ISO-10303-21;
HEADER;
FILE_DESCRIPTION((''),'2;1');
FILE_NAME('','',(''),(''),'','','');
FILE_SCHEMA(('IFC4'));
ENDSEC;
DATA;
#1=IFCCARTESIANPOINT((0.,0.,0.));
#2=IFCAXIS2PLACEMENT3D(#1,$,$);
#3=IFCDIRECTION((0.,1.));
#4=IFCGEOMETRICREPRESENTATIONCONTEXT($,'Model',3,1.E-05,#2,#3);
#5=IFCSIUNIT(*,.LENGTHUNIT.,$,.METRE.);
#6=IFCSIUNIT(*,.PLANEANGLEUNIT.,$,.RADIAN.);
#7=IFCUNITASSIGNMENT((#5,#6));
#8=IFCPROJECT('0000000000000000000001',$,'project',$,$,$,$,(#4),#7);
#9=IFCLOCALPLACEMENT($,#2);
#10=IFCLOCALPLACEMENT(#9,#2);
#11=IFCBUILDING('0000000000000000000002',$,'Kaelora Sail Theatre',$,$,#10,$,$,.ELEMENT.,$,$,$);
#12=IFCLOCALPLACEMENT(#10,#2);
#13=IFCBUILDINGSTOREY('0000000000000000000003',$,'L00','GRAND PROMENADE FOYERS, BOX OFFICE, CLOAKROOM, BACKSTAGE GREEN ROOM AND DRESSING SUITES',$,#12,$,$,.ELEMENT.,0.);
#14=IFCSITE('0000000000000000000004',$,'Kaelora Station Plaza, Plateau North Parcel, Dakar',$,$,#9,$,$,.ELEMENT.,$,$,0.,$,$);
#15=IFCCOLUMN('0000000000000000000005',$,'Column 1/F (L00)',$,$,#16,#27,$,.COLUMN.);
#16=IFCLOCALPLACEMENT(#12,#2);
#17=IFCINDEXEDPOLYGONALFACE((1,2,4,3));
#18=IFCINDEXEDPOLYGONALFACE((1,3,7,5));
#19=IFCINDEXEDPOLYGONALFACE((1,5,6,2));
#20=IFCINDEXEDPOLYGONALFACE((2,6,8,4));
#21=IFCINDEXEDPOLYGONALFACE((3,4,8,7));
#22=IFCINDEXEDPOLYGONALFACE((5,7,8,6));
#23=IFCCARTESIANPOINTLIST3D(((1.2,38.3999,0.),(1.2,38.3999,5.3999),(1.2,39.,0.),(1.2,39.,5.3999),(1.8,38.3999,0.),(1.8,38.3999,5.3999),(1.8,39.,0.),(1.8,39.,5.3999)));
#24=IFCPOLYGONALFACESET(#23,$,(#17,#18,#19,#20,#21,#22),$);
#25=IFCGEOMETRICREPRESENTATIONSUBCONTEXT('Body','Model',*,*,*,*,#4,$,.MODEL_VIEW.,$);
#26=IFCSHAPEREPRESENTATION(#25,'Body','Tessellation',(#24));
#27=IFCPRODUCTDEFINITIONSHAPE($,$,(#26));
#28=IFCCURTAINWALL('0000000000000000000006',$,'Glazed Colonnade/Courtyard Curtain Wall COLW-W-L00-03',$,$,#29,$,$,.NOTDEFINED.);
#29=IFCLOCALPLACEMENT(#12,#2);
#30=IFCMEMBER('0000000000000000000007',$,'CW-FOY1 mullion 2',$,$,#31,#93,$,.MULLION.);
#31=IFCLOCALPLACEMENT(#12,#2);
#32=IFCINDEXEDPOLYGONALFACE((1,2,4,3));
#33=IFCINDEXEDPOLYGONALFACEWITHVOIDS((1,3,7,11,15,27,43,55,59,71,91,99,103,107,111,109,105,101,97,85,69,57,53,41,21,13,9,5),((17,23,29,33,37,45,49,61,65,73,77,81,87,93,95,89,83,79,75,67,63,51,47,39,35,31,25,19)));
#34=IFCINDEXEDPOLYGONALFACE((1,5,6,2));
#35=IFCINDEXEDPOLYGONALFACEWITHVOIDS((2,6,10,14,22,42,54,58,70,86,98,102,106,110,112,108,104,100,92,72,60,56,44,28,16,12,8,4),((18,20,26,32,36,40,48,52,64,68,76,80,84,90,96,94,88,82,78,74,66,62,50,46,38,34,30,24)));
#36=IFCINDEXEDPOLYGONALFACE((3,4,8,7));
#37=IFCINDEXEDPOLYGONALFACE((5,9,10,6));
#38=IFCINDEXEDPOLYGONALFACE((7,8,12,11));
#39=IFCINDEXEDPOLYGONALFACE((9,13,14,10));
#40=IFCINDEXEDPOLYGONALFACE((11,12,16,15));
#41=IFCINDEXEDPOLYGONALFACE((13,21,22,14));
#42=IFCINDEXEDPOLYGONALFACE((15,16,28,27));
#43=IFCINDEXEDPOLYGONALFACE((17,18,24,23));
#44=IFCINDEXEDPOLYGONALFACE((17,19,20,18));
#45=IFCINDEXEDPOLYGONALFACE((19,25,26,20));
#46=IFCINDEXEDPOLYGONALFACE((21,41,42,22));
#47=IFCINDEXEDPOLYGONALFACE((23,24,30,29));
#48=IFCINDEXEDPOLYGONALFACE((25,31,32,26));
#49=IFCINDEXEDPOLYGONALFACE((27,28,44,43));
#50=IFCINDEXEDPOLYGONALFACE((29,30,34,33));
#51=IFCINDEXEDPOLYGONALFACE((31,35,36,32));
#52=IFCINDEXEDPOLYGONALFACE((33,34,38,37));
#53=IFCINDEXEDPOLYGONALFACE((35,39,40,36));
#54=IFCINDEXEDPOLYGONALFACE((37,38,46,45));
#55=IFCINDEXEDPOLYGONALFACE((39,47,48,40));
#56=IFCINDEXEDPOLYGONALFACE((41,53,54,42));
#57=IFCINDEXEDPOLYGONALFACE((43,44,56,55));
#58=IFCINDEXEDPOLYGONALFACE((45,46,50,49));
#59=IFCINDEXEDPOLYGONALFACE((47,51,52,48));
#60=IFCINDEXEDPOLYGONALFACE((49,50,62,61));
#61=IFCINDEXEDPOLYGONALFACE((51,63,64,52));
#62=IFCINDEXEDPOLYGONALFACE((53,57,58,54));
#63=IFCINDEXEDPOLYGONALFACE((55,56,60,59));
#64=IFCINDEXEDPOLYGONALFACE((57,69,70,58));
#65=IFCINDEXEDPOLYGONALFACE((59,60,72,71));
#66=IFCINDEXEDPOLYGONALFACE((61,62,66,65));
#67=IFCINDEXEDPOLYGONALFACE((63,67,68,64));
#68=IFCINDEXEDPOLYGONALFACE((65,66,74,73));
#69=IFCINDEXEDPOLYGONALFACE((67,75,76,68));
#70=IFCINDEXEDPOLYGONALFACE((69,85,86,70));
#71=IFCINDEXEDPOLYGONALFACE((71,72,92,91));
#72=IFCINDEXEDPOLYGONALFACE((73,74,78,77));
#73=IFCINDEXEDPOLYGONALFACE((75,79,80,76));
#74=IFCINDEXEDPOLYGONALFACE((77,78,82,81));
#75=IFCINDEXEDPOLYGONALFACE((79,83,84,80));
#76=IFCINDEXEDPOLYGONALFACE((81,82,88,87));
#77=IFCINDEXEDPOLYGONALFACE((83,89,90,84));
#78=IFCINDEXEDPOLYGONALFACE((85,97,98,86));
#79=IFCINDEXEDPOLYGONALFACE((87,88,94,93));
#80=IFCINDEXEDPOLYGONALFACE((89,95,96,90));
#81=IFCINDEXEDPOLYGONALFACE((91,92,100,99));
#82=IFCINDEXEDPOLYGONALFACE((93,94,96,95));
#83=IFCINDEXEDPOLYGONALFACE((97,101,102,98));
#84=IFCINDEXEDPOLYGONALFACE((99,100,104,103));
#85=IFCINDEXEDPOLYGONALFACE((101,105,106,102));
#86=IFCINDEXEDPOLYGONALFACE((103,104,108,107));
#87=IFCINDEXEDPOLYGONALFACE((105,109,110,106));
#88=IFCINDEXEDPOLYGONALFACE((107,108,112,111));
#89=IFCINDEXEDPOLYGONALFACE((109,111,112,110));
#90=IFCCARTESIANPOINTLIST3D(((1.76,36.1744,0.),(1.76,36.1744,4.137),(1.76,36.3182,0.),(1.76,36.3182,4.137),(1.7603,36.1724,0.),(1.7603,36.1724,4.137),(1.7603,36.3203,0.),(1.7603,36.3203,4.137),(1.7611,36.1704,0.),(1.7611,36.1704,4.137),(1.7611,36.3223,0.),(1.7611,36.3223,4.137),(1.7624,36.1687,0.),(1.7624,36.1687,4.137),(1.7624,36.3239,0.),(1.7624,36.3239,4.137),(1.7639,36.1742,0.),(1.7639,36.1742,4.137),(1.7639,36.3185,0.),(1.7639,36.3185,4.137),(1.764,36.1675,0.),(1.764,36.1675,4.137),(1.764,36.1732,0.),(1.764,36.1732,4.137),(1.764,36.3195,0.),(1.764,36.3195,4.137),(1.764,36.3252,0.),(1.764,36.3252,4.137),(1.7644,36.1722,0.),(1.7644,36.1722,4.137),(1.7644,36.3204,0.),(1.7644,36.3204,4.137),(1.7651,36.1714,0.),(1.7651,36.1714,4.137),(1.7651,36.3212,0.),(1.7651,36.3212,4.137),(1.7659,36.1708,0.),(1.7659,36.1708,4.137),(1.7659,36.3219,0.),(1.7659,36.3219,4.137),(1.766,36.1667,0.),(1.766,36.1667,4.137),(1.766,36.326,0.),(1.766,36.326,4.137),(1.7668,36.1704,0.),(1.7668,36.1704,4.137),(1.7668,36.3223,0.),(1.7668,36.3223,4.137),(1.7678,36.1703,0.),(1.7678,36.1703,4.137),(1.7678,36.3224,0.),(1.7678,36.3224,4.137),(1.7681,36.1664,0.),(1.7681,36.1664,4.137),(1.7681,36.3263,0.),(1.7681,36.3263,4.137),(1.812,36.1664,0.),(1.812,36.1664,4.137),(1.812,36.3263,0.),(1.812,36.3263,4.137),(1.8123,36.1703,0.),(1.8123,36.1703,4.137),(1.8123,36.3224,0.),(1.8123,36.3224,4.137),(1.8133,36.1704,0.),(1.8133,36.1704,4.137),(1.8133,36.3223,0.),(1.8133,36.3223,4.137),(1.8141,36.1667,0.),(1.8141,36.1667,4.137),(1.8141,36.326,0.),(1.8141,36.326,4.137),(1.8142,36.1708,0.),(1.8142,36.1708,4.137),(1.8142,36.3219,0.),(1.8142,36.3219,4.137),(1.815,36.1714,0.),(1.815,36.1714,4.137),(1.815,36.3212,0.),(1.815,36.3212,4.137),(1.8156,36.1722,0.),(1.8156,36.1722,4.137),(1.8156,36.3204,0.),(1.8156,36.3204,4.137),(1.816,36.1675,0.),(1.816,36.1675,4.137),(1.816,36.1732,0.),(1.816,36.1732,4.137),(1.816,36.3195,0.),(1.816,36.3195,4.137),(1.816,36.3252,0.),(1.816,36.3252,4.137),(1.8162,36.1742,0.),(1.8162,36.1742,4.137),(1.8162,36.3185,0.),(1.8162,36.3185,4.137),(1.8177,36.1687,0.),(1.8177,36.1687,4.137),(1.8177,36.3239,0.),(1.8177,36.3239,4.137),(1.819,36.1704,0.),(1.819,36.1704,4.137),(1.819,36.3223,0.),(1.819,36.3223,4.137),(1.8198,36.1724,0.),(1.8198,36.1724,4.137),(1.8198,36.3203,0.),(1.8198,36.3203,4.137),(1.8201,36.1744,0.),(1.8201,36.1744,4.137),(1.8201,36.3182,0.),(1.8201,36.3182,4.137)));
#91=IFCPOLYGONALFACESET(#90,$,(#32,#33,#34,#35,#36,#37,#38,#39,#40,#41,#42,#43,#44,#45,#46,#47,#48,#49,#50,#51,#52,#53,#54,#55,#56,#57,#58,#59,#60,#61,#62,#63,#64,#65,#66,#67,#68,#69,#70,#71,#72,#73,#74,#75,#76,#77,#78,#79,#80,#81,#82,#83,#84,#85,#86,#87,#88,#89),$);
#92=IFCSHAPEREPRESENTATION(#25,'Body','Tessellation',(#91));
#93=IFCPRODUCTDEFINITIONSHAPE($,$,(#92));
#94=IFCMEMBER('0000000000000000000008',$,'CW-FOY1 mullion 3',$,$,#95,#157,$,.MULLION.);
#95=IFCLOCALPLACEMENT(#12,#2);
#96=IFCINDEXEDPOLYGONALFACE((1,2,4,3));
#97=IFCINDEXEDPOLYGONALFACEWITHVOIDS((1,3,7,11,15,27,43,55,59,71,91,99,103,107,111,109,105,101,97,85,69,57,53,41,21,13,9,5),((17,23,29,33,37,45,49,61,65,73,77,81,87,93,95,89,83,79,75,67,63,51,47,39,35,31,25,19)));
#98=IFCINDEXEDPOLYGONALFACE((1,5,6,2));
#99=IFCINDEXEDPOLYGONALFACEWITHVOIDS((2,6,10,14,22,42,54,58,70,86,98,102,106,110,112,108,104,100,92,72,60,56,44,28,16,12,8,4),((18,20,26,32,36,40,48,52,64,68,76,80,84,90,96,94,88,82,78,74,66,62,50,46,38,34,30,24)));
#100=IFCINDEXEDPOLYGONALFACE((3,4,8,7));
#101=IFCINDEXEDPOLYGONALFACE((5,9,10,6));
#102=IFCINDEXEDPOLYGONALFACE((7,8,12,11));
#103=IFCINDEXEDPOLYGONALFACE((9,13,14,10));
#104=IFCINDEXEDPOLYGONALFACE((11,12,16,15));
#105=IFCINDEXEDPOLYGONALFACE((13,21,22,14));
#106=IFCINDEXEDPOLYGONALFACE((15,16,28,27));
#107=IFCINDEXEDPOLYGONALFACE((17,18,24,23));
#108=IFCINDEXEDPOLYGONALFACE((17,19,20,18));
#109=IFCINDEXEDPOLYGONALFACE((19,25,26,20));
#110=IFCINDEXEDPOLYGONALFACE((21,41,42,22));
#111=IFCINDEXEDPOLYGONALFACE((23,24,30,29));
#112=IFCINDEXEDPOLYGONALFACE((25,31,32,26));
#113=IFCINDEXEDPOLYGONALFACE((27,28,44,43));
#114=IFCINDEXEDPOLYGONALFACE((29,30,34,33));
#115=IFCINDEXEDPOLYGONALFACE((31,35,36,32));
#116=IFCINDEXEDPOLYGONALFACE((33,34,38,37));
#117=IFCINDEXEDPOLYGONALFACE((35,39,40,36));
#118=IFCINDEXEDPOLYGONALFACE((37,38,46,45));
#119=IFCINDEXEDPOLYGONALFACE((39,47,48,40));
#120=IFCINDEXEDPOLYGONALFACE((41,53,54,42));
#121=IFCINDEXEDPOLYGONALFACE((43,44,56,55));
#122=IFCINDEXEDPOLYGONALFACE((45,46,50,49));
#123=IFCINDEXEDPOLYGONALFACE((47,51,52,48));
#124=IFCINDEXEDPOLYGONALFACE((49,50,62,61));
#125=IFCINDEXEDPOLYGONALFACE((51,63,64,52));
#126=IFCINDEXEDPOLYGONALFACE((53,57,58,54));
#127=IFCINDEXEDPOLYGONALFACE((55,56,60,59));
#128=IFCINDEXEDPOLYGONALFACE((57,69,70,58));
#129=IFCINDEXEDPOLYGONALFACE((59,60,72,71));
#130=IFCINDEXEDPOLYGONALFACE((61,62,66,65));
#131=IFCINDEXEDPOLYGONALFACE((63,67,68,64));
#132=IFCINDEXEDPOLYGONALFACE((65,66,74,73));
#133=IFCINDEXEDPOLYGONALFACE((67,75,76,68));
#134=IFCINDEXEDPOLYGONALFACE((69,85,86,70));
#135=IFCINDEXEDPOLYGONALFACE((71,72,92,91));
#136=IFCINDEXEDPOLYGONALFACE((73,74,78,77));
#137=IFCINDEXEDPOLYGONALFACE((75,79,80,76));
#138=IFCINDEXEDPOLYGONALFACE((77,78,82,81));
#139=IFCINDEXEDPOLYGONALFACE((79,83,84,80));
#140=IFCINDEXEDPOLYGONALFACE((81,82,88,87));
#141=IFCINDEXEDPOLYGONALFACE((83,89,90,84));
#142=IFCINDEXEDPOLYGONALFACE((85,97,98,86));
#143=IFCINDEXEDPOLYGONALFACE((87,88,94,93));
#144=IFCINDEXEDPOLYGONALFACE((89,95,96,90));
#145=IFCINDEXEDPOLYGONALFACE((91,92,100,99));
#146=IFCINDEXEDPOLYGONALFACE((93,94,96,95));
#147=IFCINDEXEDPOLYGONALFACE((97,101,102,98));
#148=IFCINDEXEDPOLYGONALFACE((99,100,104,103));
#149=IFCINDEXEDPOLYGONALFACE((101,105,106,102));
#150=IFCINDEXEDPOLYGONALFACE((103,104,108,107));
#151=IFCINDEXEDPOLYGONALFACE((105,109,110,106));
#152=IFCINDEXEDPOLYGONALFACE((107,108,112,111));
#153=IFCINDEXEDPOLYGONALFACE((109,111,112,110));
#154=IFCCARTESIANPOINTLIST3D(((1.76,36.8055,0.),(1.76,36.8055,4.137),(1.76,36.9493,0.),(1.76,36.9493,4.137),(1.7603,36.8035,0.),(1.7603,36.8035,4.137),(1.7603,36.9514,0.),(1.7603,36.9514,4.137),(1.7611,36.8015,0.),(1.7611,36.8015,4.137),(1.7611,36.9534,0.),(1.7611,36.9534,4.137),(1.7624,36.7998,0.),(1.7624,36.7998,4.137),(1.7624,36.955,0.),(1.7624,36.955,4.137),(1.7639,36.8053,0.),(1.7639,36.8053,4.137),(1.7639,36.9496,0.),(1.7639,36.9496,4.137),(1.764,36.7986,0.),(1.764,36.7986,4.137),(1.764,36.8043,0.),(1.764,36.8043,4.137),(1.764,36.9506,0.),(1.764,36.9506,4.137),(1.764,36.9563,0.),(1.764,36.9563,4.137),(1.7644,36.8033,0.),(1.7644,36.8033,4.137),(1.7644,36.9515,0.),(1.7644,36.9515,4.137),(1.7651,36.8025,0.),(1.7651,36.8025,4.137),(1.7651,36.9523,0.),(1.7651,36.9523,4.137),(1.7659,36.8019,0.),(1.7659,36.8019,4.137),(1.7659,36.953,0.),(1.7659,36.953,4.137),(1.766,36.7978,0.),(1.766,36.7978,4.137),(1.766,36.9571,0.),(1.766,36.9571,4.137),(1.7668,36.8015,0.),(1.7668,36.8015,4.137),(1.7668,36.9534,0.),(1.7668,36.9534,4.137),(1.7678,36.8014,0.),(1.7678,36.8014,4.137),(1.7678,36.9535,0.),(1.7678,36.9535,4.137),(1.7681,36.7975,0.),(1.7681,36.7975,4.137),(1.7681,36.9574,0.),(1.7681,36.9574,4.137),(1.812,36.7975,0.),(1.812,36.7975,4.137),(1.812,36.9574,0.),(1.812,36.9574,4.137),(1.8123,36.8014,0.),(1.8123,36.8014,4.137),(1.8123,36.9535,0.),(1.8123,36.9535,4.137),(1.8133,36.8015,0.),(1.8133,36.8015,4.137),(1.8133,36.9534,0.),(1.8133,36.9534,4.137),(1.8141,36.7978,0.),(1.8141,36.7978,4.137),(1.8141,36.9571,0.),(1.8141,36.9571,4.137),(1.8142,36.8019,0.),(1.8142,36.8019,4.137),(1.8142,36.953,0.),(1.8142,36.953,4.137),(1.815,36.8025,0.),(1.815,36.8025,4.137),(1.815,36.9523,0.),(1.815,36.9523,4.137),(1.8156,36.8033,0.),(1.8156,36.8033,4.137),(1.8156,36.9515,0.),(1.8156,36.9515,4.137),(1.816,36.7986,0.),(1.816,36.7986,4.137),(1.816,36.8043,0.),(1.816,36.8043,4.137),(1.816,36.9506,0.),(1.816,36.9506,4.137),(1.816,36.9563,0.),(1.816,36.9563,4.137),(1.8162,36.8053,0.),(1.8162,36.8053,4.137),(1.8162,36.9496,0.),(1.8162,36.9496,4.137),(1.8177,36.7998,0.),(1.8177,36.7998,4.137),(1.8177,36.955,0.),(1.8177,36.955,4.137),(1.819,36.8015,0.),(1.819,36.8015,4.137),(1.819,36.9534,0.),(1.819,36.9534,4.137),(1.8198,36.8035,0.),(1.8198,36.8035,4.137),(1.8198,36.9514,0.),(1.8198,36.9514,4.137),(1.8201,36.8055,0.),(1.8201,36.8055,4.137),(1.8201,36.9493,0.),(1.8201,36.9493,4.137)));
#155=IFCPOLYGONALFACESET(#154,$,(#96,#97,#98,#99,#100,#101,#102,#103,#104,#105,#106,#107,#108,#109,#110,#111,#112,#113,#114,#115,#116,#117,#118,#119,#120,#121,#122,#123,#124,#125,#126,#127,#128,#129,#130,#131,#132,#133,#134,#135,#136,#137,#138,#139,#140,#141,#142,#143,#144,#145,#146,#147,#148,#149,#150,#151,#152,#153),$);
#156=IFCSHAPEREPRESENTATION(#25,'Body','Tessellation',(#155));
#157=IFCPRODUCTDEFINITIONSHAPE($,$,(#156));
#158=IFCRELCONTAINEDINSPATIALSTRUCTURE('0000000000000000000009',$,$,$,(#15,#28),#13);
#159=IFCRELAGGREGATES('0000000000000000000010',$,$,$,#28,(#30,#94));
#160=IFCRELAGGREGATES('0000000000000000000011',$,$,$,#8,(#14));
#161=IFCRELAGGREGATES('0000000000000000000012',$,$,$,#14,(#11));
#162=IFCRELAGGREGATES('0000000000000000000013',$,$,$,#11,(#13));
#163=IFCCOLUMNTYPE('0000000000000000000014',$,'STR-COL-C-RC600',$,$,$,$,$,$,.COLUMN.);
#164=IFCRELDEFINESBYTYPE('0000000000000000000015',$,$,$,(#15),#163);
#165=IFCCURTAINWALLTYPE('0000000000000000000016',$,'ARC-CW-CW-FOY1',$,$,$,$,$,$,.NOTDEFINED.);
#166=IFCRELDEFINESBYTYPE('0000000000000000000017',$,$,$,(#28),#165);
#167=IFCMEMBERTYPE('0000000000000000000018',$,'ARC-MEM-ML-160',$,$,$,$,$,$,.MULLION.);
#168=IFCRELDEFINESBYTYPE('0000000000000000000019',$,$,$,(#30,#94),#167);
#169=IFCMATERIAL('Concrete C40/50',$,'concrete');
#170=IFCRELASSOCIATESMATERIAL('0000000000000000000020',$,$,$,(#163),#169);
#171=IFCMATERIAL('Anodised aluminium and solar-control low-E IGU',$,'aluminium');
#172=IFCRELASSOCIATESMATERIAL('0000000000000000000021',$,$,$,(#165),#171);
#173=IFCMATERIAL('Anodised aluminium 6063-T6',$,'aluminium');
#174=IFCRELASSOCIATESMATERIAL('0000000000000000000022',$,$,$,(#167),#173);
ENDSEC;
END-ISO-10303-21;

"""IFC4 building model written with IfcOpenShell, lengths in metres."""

from ifc_helpers import new_model, si_unit, direction, frame, origin, origin_2d, place, context, subcontext, project, spatial, rectangle, hollow_rectangle, extrude, material, material_profile, profile_set, type_object, element, aggregate, save


model = new_model("IFC4")

# Units and contexts
model_context = context("Model", 3, precision=1e-05, world=origin(), true_north=direction((0.0, 1.0)))
body_context = subcontext(model_context, "Body", "Model", "MODEL_VIEW")
ifc_project = project(units=[si_unit("LENGTHUNIT", "METRE"), si_unit("PLANEANGLEUNIT", "RADIAN")], contexts=[model_context])

# Site, building, storey
site_placement = place(None, origin())
site = spatial("IfcSite", under=ifc_project, at=site_placement, Name="Kaelora Station Plaza, Plateau North Parcel, Dakar", CompositionType="ELEMENT", RefElevation=0.0)
building_placement = place(site_placement, origin())
building = spatial("IfcBuilding", under=site, at=building_placement, Name="Kaelora Sail Theatre", CompositionType="ELEMENT")
storey_placement = place(building_placement, origin())
storey = spatial("IfcBuildingStorey", under=building, at=storey_placement, Name="L00", Description="GRAND PROMENADE FOYERS, BOX OFFICE, CLOAKROOM, BACKSTAGE GREEN ROOM AND DRESSING SUITES", CompositionType="ELEMENT", Elevation=0.0)

# Column
ifc_material_1 = material(Name="Concrete C40/50", Category="concrete")
ifc_material_profile_1 = material_profile(ifc_material_1, rectangle(XDim=0.6001, YDim=0.6001, at=origin_2d()), Name="RC-COL 600x600")
ifc_profile_set_1 = profile_set([ifc_material_profile_1], Name="Concrete C40/50")
column_type = type_object("IfcColumnType", Name="STR-COL-C-RC600", PredefinedType="COLUMN", material=ifc_profile_set_1)
column_placement = place(storey_placement, frame((1.5, 38.7, 0.0), z_axis=(0.0, 0.0, 1.0), x_axis=(1.0, 0.0, 0.0)))
element("IfcColumn", 1, at=column_placement, inside=storey, type_object=column_type, Name="Column 1/F (L00)", PredefinedType="COLUMN", context=body_context, shape_type="SweptSolid", body=[
    extrude(rectangle(XDim=0.6001, YDim=0.6001, at=origin_2d()), origin(), (0.0, 0.0, 1.0), 5.3999),
])

# Curtain wall, members
ifc_material_2 = material(Name="Anodised aluminium and solar-control low-E IGU", Category="aluminium")
curtain_wall_type = type_object("IfcCurtainWallType", Name="ARC-CW-CW-FOY1", PredefinedType="NOTDEFINED", material=ifc_material_2)
curtain_wall_1_placement = place(storey_placement, origin())
curtain_wall_1 = element("IfcCurtainWall", 2, at=curtain_wall_1_placement, inside=storey, type_object=curtain_wall_type, Name="Glazed Colonnade/Courtyard Curtain Wall COLW-W-L00-03", PredefinedType="NOTDEFINED")
ifc_material_3 = material(Name="Anodised aluminium 6063-T6", Category="aluminium")
ifc_material_profile_2 = material_profile(ifc_material_3, hollow_rectangle(XDim=0.0601, YDim=0.1599, WallThickness=0.0039, InnerFilletRadius=0.0039, OuterFilletRadius=0.0081, at=origin_2d()), Name="ALU-MULL 60x160x4")
ifc_profile_set_2 = profile_set([ifc_material_profile_2], Name="Anodised aluminium 6063-T6")
member_type_1 = type_object("IfcMemberType", Name="ARC-MEM-ML-160", PredefinedType="MULLION", material=ifc_profile_set_2)
member_1_placement = place(storey_placement, frame((1.79, 36.2463, 0.0), z_axis=(0.0, 0.0, 1.0), x_axis=(-1.0, 0.0, 0.0)))
member_1 = element("IfcMember", 3, at=member_1_placement, type_object=member_type_1, Name="CW-FOY1 mullion 2", PredefinedType="MULLION", context=body_context, shape_type="SweptSolid", body=[
    extrude(hollow_rectangle(XDim=0.0601, YDim=0.1599, WallThickness=0.0039, InnerFilletRadius=0.0039, OuterFilletRadius=0.0081, at=origin_2d()), origin(), (0.0, 0.0, 1.0), 4.137),
])
member_2_placement = place(storey_placement, frame((1.79, 36.8774, 0.0), z_axis=(0.0, 0.0, 1.0), x_axis=(-1.0, 0.0, 0.0)))
member_2 = element("IfcMember", 4, at=member_2_placement, type_object=member_type_1, Name="CW-FOY1 mullion 3", PredefinedType="MULLION", context=body_context, shape_type="SweptSolid", body=[
    extrude(hollow_rectangle(XDim=0.0601, YDim=0.1599, WallThickness=0.0039, InnerFilletRadius=0.0039, OuterFilletRadius=0.0081, at=origin_2d()), origin(), (0.0, 0.0, 1.0), 4.137),
])

aggregate(curtain_wall_1, [member_1, member_2])

save(model, "model.ifc")
